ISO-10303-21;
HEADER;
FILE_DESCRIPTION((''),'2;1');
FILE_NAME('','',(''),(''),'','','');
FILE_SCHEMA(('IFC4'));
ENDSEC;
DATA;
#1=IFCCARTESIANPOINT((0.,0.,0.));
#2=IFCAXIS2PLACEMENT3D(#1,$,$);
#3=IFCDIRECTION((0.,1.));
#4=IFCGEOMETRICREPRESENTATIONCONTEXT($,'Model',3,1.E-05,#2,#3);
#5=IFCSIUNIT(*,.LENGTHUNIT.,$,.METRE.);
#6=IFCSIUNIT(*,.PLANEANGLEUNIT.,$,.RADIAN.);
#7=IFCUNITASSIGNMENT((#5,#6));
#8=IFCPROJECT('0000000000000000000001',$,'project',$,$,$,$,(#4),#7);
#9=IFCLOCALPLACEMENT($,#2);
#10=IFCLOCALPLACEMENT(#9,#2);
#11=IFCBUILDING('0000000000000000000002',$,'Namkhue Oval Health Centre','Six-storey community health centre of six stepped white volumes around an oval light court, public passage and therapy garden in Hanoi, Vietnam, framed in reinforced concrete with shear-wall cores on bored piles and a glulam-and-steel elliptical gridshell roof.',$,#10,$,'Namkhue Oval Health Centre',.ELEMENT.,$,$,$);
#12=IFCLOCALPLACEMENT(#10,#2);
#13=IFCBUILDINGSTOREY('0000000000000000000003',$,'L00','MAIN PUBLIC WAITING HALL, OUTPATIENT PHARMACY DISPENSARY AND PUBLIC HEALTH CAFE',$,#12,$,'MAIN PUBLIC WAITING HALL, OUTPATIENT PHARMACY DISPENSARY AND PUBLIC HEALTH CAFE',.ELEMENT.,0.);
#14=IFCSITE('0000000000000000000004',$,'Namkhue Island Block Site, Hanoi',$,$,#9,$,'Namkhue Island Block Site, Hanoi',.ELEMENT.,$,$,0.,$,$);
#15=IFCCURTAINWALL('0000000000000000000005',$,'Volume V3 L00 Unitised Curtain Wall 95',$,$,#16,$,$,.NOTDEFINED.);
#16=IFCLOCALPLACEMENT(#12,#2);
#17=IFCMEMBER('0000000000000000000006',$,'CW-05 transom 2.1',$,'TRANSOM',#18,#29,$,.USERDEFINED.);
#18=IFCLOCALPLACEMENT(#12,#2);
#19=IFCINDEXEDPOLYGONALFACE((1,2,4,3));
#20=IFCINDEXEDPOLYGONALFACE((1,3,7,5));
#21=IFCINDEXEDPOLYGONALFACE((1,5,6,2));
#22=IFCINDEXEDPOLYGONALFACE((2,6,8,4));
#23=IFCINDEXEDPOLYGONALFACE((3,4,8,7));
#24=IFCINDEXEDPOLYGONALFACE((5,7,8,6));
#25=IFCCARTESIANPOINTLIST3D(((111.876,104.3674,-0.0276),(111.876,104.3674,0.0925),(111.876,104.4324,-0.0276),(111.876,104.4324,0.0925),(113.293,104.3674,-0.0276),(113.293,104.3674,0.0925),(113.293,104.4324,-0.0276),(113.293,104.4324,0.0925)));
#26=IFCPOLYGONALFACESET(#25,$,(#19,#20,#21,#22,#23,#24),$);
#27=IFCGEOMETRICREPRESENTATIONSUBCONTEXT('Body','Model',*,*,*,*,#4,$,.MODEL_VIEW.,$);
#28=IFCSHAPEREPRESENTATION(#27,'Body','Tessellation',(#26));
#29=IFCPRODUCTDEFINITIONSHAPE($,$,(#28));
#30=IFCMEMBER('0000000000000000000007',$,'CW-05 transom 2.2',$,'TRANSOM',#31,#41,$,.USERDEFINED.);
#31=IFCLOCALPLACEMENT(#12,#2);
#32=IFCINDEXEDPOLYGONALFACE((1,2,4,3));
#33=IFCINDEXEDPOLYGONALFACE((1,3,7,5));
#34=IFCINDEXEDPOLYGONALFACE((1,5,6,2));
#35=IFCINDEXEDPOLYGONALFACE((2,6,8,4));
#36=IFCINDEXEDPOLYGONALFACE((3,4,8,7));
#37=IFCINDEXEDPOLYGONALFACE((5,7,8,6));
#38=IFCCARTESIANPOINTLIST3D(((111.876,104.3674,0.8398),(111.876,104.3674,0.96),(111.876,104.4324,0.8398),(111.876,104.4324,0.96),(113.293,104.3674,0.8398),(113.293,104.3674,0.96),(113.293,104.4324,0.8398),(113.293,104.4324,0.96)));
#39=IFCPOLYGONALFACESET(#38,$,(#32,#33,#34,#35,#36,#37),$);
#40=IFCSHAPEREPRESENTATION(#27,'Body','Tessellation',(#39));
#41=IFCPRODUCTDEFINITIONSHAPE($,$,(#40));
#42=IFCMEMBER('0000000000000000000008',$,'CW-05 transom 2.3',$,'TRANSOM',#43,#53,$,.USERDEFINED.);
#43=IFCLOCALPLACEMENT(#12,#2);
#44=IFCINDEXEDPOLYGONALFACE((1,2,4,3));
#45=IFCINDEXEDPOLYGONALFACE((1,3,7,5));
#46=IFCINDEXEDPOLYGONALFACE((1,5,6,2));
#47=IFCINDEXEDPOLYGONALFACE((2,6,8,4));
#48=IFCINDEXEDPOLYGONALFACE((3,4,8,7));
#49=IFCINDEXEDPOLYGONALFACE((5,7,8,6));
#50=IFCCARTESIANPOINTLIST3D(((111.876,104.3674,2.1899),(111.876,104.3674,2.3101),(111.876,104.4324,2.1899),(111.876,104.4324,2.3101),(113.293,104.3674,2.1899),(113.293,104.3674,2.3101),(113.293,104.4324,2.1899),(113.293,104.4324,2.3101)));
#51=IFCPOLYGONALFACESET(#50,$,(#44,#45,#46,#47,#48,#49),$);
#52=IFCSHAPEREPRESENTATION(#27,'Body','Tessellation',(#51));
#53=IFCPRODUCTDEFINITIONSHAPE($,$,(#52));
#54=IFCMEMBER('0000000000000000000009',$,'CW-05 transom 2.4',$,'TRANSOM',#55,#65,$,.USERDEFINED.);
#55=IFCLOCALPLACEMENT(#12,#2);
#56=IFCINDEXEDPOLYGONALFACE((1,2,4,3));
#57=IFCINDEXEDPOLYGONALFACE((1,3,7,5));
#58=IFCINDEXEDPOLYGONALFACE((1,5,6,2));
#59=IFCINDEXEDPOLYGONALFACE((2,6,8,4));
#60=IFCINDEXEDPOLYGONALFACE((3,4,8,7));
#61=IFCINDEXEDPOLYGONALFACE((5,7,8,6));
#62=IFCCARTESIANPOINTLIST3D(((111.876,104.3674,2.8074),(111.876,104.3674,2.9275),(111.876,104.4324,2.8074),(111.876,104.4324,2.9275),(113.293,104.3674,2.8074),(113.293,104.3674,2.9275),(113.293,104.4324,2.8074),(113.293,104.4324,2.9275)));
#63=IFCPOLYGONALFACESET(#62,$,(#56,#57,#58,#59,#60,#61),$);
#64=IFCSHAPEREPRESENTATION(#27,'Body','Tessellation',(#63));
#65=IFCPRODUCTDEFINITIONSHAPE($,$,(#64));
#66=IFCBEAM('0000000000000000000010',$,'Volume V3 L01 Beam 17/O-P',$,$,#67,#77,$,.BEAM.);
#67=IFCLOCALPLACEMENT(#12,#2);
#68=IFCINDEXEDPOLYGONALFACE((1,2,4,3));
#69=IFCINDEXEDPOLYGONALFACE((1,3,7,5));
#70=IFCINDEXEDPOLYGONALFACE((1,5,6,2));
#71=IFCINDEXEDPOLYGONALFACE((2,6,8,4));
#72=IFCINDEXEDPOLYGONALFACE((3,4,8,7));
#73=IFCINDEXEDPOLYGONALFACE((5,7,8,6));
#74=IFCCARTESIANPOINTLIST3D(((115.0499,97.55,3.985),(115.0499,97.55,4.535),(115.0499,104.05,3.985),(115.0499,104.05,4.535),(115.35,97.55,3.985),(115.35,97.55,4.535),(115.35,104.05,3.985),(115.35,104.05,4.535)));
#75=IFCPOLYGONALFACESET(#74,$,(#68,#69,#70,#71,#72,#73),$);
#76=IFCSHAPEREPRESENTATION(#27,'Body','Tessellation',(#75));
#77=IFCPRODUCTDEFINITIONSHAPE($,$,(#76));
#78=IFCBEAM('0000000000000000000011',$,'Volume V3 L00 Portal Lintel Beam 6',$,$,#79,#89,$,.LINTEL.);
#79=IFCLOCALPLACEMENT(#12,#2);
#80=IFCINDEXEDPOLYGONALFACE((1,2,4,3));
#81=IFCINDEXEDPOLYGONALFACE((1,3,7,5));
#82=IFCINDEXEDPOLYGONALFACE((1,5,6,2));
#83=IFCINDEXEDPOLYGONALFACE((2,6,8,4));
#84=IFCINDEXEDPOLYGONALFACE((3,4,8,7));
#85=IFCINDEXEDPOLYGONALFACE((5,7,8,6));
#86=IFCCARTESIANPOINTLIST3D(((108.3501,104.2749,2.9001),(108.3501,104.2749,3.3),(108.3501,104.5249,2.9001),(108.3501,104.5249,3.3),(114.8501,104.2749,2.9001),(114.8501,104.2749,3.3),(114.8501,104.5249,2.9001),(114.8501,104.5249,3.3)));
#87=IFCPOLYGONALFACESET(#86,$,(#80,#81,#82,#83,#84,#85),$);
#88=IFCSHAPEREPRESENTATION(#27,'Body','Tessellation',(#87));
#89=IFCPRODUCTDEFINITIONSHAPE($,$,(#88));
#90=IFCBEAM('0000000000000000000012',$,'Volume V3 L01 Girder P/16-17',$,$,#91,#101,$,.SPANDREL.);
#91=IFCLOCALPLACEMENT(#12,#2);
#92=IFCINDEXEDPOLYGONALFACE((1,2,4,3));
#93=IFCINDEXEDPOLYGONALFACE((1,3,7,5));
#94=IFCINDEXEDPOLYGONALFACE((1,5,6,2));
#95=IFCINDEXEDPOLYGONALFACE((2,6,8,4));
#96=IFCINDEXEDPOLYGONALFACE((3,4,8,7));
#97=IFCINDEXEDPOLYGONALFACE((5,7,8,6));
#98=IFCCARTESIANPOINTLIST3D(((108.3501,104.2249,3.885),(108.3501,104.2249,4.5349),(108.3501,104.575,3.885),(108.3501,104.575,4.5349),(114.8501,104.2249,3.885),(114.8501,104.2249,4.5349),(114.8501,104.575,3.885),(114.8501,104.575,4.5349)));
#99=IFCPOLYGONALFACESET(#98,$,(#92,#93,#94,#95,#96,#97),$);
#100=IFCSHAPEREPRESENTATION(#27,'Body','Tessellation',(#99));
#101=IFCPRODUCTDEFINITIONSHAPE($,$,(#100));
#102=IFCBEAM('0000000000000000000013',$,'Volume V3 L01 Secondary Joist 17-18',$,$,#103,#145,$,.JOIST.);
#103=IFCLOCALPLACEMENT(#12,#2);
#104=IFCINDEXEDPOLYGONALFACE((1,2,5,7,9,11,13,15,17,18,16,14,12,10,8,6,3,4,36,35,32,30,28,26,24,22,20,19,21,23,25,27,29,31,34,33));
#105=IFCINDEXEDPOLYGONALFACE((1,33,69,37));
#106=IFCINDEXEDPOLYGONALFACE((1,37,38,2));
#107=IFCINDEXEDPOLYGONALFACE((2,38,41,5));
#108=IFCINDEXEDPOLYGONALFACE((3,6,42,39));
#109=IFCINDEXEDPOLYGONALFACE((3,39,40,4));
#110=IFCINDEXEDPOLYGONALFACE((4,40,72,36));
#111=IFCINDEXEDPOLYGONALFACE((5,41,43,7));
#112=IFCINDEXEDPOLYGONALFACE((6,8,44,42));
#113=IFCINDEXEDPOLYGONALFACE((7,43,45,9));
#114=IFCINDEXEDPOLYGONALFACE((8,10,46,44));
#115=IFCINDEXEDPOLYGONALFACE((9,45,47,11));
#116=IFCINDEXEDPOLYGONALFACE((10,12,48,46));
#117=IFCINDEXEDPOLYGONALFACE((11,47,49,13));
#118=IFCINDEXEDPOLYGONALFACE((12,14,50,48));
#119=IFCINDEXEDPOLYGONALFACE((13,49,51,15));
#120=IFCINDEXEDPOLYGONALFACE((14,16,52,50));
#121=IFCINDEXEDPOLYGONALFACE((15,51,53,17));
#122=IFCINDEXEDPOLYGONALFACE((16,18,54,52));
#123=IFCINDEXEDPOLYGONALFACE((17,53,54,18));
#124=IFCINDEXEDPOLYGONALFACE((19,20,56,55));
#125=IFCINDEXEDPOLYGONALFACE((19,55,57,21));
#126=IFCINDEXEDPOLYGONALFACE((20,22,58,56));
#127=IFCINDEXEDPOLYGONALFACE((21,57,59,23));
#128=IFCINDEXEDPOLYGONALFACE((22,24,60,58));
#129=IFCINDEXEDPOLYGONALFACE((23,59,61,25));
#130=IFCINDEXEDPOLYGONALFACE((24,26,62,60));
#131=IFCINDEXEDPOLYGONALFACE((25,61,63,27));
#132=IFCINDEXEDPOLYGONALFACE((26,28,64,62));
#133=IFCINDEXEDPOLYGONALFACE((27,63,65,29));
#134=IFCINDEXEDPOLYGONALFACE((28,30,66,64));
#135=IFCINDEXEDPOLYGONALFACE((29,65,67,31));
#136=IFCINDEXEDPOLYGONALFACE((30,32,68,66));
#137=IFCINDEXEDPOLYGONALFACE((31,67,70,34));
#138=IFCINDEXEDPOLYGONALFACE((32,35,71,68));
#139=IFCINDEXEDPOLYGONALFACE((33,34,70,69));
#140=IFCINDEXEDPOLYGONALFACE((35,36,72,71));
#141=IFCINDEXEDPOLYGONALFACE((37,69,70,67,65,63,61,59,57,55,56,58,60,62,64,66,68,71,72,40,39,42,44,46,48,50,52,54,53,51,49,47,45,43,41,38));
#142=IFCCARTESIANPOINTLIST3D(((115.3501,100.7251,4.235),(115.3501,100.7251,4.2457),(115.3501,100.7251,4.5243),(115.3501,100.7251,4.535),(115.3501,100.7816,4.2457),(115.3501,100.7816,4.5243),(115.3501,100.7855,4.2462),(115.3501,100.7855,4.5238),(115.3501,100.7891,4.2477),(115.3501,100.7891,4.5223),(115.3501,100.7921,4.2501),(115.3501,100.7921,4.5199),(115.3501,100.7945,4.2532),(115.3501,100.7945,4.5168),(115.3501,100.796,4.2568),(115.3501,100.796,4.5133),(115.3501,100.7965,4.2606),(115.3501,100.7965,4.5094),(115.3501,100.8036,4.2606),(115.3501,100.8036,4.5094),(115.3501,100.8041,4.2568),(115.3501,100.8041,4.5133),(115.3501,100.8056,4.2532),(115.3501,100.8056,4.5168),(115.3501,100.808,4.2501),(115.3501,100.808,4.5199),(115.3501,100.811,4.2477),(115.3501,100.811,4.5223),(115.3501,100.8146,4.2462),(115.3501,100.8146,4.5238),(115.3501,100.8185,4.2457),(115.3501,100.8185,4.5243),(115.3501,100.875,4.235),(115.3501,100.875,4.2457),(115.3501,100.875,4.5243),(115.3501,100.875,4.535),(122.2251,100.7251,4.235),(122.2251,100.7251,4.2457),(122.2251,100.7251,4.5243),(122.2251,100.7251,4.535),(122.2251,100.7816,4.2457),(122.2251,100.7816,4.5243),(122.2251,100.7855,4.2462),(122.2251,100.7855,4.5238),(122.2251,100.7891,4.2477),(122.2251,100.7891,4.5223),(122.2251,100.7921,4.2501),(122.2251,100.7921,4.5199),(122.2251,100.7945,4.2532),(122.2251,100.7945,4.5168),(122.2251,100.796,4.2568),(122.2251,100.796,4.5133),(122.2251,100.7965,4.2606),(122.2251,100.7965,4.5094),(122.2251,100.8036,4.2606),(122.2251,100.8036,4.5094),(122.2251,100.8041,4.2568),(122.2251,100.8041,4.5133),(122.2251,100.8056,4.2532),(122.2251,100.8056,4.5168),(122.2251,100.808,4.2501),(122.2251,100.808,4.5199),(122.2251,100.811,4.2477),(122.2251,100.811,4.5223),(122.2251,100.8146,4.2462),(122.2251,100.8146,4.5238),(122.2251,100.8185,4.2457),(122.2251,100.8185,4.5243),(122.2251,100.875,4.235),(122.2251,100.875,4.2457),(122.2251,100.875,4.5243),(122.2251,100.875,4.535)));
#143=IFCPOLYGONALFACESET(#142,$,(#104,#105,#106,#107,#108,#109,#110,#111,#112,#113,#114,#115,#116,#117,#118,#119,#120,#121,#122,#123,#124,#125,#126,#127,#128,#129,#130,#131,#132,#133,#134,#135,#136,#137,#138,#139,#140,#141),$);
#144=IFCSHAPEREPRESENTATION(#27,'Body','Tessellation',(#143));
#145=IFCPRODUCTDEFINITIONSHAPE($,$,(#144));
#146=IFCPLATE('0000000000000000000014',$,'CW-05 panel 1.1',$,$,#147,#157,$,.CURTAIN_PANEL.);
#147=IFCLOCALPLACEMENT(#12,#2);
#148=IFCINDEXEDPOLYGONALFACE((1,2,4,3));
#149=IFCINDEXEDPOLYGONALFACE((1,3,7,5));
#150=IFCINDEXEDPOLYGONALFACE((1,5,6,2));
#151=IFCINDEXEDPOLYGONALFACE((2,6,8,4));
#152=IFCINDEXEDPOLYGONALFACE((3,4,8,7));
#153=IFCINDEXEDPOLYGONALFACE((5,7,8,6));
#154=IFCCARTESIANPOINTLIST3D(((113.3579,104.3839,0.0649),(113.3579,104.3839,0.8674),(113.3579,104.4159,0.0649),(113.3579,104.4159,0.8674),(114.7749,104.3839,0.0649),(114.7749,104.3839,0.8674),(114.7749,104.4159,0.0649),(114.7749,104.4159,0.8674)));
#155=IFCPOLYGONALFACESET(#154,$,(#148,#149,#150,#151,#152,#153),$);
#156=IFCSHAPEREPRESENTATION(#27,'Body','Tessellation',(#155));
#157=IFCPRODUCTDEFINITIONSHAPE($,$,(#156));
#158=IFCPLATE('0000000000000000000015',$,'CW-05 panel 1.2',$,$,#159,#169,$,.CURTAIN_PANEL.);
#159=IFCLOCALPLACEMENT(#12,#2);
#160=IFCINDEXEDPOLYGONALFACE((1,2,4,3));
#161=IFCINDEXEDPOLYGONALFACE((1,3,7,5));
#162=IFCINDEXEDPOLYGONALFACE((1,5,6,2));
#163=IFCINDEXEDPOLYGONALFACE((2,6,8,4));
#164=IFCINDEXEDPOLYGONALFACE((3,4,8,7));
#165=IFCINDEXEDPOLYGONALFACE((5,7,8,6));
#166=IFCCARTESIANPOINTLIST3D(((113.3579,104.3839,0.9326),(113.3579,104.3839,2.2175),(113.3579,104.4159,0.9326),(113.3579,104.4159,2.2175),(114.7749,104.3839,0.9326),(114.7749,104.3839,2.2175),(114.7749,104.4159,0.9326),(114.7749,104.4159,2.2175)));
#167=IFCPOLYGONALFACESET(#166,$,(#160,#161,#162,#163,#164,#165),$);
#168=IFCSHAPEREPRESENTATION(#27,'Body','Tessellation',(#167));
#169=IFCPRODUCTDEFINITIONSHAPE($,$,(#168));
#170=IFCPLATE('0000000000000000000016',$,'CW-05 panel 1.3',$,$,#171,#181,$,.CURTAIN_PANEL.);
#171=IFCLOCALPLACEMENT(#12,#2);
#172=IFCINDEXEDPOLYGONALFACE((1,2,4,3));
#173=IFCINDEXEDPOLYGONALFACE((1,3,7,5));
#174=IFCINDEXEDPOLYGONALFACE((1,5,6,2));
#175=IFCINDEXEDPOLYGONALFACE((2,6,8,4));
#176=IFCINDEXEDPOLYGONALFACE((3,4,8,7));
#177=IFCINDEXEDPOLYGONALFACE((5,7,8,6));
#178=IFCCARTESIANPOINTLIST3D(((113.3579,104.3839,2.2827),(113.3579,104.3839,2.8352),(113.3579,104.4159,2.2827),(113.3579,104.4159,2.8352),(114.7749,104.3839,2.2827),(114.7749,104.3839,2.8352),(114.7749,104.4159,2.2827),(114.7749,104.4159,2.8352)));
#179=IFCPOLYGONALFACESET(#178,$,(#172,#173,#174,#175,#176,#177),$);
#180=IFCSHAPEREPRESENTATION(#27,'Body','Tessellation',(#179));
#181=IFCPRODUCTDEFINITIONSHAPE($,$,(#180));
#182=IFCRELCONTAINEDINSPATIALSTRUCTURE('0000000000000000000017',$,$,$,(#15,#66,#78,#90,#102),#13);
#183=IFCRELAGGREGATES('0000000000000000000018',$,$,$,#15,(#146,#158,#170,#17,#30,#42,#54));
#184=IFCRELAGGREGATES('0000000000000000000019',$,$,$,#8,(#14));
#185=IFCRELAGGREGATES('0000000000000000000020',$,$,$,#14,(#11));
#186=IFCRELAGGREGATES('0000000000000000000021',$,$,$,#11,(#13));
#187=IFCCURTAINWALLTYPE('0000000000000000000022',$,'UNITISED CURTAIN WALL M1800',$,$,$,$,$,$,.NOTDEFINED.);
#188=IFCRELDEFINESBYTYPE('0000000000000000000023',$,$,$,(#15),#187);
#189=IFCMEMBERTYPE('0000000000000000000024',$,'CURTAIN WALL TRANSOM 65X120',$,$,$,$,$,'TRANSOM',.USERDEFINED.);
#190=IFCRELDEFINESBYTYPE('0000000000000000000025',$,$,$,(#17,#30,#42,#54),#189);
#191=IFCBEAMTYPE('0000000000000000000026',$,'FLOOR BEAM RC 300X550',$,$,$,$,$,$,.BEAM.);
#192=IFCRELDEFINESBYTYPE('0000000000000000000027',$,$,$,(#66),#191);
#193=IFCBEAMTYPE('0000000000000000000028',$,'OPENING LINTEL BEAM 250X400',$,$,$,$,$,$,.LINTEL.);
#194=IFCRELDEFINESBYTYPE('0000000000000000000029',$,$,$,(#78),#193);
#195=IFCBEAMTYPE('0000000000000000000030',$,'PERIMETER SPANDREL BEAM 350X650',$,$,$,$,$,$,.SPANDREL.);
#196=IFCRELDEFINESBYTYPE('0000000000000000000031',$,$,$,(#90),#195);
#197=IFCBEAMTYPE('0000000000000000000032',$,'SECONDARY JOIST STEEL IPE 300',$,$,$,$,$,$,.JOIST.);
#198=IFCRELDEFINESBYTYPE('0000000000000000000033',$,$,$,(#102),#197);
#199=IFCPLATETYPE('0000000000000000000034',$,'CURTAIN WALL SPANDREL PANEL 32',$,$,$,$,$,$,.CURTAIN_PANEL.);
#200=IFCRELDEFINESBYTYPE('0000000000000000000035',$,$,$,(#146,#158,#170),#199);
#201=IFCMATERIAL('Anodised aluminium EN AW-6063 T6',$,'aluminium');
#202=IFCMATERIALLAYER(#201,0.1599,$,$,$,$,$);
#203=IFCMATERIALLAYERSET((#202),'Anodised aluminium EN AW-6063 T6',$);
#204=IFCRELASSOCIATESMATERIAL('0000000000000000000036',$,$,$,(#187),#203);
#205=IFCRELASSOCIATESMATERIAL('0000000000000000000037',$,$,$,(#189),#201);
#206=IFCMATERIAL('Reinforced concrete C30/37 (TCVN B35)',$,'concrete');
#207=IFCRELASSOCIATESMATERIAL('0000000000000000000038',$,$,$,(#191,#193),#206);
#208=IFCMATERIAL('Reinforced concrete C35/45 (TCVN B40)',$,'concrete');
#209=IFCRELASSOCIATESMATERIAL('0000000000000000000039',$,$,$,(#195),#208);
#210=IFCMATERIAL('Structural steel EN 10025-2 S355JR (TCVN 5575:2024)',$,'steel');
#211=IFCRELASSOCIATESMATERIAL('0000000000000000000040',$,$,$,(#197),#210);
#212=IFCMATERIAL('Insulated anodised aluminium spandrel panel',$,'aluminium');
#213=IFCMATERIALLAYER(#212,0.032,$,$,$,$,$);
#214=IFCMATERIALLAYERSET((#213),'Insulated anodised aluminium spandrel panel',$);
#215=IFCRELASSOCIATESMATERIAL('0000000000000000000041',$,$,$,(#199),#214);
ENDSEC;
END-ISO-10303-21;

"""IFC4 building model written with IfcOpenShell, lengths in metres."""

from ifc_helpers import new_model, si_unit, direction, frame, origin, origin_2d, place, context, subcontext, project, spatial, rectangle, i_section, extrude, material, layer, layer_set, material_profile, profile_set, type_object, element, aggregate, save


model = new_model("IFC4")

# Units and contexts
model_context = context("Model", 3, precision=1e-05, world=origin(), true_north=direction((0.0, 1.0)))
body_context = subcontext(model_context, "Body", "Model", "MODEL_VIEW")
ifc_project = project(units=[si_unit("LENGTHUNIT", "METRE"), si_unit("PLANEANGLEUNIT", "RADIAN")], contexts=[model_context])

# Site, building, storey
site_placement = place(None, origin())
site = spatial("IfcSite", under=ifc_project, at=site_placement, Name="Namkhue Island Block Site, Hanoi", LongName="Namkhue Island Block Site, Hanoi", CompositionType="ELEMENT", RefElevation=0.0)
building_placement = place(site_placement, origin())
building = spatial("IfcBuilding", under=site, at=building_placement, Name="Namkhue Oval Health Centre", Description="Six-storey community health centre of six stepped white volumes around an oval light court, public passage and therapy garden in Hanoi, Vietnam, framed in reinforced concrete with shear-wall cores on bored piles and a glulam-and-steel elliptical gridshell roof.", LongName="Namkhue Oval Health Centre", CompositionType="ELEMENT")
storey_placement = place(building_placement, origin())
storey = spatial("IfcBuildingStorey", under=building, at=storey_placement, Name="L00", Description="MAIN PUBLIC WAITING HALL, OUTPATIENT PHARMACY DISPENSARY AND PUBLIC HEALTH CAFE", LongName="MAIN PUBLIC WAITING HALL, OUTPATIENT PHARMACY DISPENSARY AND PUBLIC HEALTH CAFE", CompositionType="ELEMENT", Elevation=0.0)

# Shared definitions
ifc_material_1 = material(Name="Reinforced concrete C30/37 (TCVN B35)", Category="concrete")

# Shared definitions
ifc_material_2 = material(Name="Reinforced concrete C35/45 (TCVN B40)", Category="concrete")

# Curtain wall, members
ifc_material_3 = material(Name="Anodised aluminium EN AW-6063 T6", Category="aluminium")
ifc_layer_1 = layer(ifc_material_3, 0.1599)
ifc_layer_set_1 = layer_set([ifc_layer_1], Name="Anodised aluminium EN AW-6063 T6")
curtain_wall_type = type_object("IfcCurtainWallType", Name="UNITISED CURTAIN WALL M1800", PredefinedType="NOTDEFINED", material=ifc_layer_set_1)
curtain_wall_placement = place(storey_placement, origin())
curtain_wall = element("IfcCurtainWall", 1, at=curtain_wall_placement, inside=storey, type_object=curtain_wall_type, Name="Volume V3 L00 Unitised Curtain Wall 95", PredefinedType="NOTDEFINED")
ifc_material_profile_1 = material_profile(ifc_material_3, rectangle(XDim=0.0649, YDim=0.1201, at=origin_2d()), Name="ALU 65x120")
ifc_profile_set_1 = profile_set([ifc_material_profile_1], Name="Anodised aluminium EN AW-6063 T6")
member_type_1 = type_object("IfcMemberType", Name="CURTAIN WALL TRANSOM 65X120", ElementType="TRANSOM", PredefinedType="USERDEFINED", material=ifc_profile_set_1)
member_1_placement = place(storey_placement, frame((113.293, 104.3999, 0.0325), z_axis=(-1.0, 0.0, 0.0), x_axis=(0.0, -1.0, 0.0)))
member_1 = element("IfcMember", 2, at=member_1_placement, type_object=member_type_1, Name="CW-05 transom 2.1", ObjectType="TRANSOM", PredefinedType="USERDEFINED", context=body_context, shape_type="SweptSolid", body=[
    extrude(rectangle(XDim=0.0649, YDim=0.1201, at=origin_2d()), origin(), (0.0, 0.0, 1.0), 1.417),
])
member_2_placement = place(storey_placement, frame((113.293, 104.3999, 0.8999), z_axis=(-1.0, 0.0, 0.0), x_axis=(0.0, -1.0, 0.0)))
member_2 = element("IfcMember", 3, at=member_2_placement, type_object=member_type_1, Name="CW-05 transom 2.2", ObjectType="TRANSOM", PredefinedType="USERDEFINED", context=body_context, shape_type="SweptSolid", body=[
    extrude(rectangle(XDim=0.0649, YDim=0.1201, at=origin_2d()), origin(), (0.0, 0.0, 1.0), 1.417),
])
member_3_placement = place(storey_placement, frame((113.293, 104.3999, 2.25), z_axis=(-1.0, 0.0, 0.0), x_axis=(0.0, -1.0, 0.0)))
member_3 = element("IfcMember", 4, at=member_3_placement, type_object=member_type_1, Name="CW-05 transom 2.3", ObjectType="TRANSOM", PredefinedType="USERDEFINED", context=body_context, shape_type="SweptSolid", body=[
    extrude(rectangle(XDim=0.0649, YDim=0.1201, at=origin_2d()), origin(), (0.0, 0.0, 1.0), 1.417),
])
member_4_placement = place(storey_placement, frame((113.293, 104.3999, 2.8674), z_axis=(-1.0, 0.0, 0.0), x_axis=(0.0, -1.0, 0.0)))
member_4 = element("IfcMember", 5, at=member_4_placement, type_object=member_type_1, Name="CW-05 transom 2.4", ObjectType="TRANSOM", PredefinedType="USERDEFINED", context=body_context, shape_type="SweptSolid", body=[
    extrude(rectangle(XDim=0.0649, YDim=0.1201, at=origin_2d()), origin(), (0.0, 0.0, 1.0), 1.417),
])

# Beams
ifc_material_profile_2 = material_profile(ifc_material_1, rectangle(XDim=0.3, YDim=0.55, at=origin_2d()), Name="RC 300x550")
ifc_profile_set_2 = profile_set([ifc_material_profile_2], Name="Reinforced concrete C30/37 (TCVN B35)")
beam_type_1 = type_object("IfcBeamType", Name="FLOOR BEAM RC 300X550", PredefinedType="BEAM", material=ifc_profile_set_2)
beam_1_placement = place(storey_placement, frame((115.2, 97.55, 4.26), z_axis=(0.0, 1.0, 0.0), x_axis=(-1.0, 0.0, 0.0)))
element("IfcBeam", 6, at=beam_1_placement, inside=storey, type_object=beam_type_1, Name="Volume V3 L01 Beam 17/O-P", PredefinedType="BEAM", context=body_context, shape_type="SweptSolid", body=[
    extrude(rectangle(XDim=0.3, YDim=0.55, at=origin_2d()), origin(), (0.0, 0.0, 1.0), 6.5),
])
ifc_material_profile_3 = material_profile(ifc_material_1, rectangle(XDim=0.25, YDim=0.3999, at=origin_2d()), Name="RC 250x400")
ifc_profile_set_3 = profile_set([ifc_material_profile_3], Name="Reinforced concrete C30/37 (TCVN B35)")
beam_type_2 = type_object("IfcBeamType", Name="OPENING LINTEL BEAM 250X400", PredefinedType="LINTEL", material=ifc_profile_set_3)
beam_2_placement = place(storey_placement, frame((108.3501, 104.3999, 3.1001), z_axis=(1.0, 0.0, 0.0), x_axis=(0.0, 1.0, 0.0)))
element("IfcBeam", 7, at=beam_2_placement, inside=storey, type_object=beam_type_2, Name="Volume V3 L00 Portal Lintel Beam 6", PredefinedType="LINTEL", context=body_context, shape_type="SweptSolid", body=[
    extrude(rectangle(XDim=0.25, YDim=0.3999, at=origin_2d()), origin(), (0.0, 0.0, 1.0), 6.5),
])
ifc_material_profile_4 = material_profile(ifc_material_2, rectangle(XDim=0.3501, YDim=0.6499, at=origin_2d()), Name="RC 350x650")
ifc_profile_set_4 = profile_set([ifc_material_profile_4], Name="Reinforced concrete C35/45 (TCVN B40)")
beam_type_3 = type_object("IfcBeamType", Name="PERIMETER SPANDREL BEAM 350X650", PredefinedType="SPANDREL", material=ifc_profile_set_4)
beam_3_placement = place(storey_placement, frame((108.3501, 104.3999, 4.21), z_axis=(1.0, 0.0, 0.0), x_axis=(0.0, 1.0, 0.0)))
element("IfcBeam", 8, at=beam_3_placement, inside=storey, type_object=beam_type_3, Name="Volume V3 L01 Girder P/16-17", PredefinedType="SPANDREL", context=body_context, shape_type="SweptSolid", body=[
    extrude(rectangle(XDim=0.3501, YDim=0.6499, at=origin_2d()), origin(), (0.0, 0.0, 1.0), 6.5),
])
ifc_material_4 = material(Name="Structural steel EN 10025-2 S355JR (TCVN 5575:2024)", Category="steel")
ifc_material_profile_5 = material_profile(ifc_material_4, i_section(OverallWidth=0.1499, OverallDepth=0.3, WebThickness=0.0071, FlangeThickness=0.0107, FilletRadius=0.0149, at=origin_2d()), Name="IPE 300")
ifc_profile_set_5 = profile_set([ifc_material_profile_5], Name="Structural steel EN 10025-2 S355JR (TCVN 5575:2024)")
beam_type_4 = type_object("IfcBeamType", Name="SECONDARY JOIST STEEL IPE 300", PredefinedType="JOIST", material=ifc_profile_set_5)
beam_4_placement = place(storey_placement, frame((115.3501, 100.8, 4.385), z_axis=(1.0, 0.0, 0.0), x_axis=(0.0, 1.0, 0.0)))
element("IfcBeam", 9, at=beam_4_placement, inside=storey, type_object=beam_type_4, Name="Volume V3 L01 Secondary Joist 17-18", PredefinedType="JOIST", context=body_context, shape_type="SweptSolid", body=[
    extrude(i_section(OverallWidth=0.1499, OverallDepth=0.3, WebThickness=0.0071, FlangeThickness=0.0107, FilletRadius=0.0149, at=origin_2d()), origin(), (0.0, 0.0, 1.0), 6.875),
])

# Plates
ifc_material_5 = material(Name="Insulated anodised aluminium spandrel panel", Category="aluminium")
ifc_layer_2 = layer(ifc_material_5, 0.032)
ifc_layer_set_2 = layer_set([ifc_layer_2], Name="Insulated anodised aluminium spandrel panel")
plate_type = type_object("IfcPlateType", Name="CURTAIN WALL SPANDREL PANEL 32", PredefinedType="CURTAIN_PANEL", material=ifc_layer_set_2)
plate_1_placement = place(storey_placement, frame((114.0664, 104.3999, 0.0649), z_axis=(0.0, 0.0, 1.0), x_axis=(-1.0, 0.0, 0.0)))
plate_1 = element("IfcPlate", 10, at=plate_1_placement, type_object=plate_type, Name="CW-05 panel 1.1", PredefinedType="CURTAIN_PANEL", context=body_context, shape_type="SweptSolid", body=[
    extrude(rectangle(XDim=1.417, YDim=0.032, at=origin_2d()), origin(), (0.0, 0.0, 1.0), 0.8025),
])
plate_2_placement = place(storey_placement, frame((114.0664, 104.3999, 0.9326), z_axis=(0.0, 0.0, 1.0), x_axis=(-1.0, 0.0, 0.0)))
plate_2 = element("IfcPlate", 11, at=plate_2_placement, type_object=plate_type, Name="CW-05 panel 1.2", PredefinedType="CURTAIN_PANEL", context=body_context, shape_type="SweptSolid", body=[
    extrude(rectangle(XDim=1.417, YDim=0.032, at=origin_2d()), origin(), (0.0, 0.0, 1.0), 1.2849),
])
plate_3_placement = place(storey_placement, frame((114.0664, 104.3999, 2.2827), z_axis=(0.0, 0.0, 1.0), x_axis=(-1.0, 0.0, 0.0)))
plate_3 = element("IfcPlate", 12, at=plate_3_placement, type_object=plate_type, Name="CW-05 panel 1.3", PredefinedType="CURTAIN_PANEL", context=body_context, shape_type="SweptSolid", body=[
    extrude(rectangle(XDim=1.417, YDim=0.032, at=origin_2d()), origin(), (0.0, 0.0, 1.0), 0.5525),
])
aggregate(curtain_wall, [plate_1, plate_2, plate_3, member_1, member_2, member_3, member_4])

save(model, "model.ifc")
